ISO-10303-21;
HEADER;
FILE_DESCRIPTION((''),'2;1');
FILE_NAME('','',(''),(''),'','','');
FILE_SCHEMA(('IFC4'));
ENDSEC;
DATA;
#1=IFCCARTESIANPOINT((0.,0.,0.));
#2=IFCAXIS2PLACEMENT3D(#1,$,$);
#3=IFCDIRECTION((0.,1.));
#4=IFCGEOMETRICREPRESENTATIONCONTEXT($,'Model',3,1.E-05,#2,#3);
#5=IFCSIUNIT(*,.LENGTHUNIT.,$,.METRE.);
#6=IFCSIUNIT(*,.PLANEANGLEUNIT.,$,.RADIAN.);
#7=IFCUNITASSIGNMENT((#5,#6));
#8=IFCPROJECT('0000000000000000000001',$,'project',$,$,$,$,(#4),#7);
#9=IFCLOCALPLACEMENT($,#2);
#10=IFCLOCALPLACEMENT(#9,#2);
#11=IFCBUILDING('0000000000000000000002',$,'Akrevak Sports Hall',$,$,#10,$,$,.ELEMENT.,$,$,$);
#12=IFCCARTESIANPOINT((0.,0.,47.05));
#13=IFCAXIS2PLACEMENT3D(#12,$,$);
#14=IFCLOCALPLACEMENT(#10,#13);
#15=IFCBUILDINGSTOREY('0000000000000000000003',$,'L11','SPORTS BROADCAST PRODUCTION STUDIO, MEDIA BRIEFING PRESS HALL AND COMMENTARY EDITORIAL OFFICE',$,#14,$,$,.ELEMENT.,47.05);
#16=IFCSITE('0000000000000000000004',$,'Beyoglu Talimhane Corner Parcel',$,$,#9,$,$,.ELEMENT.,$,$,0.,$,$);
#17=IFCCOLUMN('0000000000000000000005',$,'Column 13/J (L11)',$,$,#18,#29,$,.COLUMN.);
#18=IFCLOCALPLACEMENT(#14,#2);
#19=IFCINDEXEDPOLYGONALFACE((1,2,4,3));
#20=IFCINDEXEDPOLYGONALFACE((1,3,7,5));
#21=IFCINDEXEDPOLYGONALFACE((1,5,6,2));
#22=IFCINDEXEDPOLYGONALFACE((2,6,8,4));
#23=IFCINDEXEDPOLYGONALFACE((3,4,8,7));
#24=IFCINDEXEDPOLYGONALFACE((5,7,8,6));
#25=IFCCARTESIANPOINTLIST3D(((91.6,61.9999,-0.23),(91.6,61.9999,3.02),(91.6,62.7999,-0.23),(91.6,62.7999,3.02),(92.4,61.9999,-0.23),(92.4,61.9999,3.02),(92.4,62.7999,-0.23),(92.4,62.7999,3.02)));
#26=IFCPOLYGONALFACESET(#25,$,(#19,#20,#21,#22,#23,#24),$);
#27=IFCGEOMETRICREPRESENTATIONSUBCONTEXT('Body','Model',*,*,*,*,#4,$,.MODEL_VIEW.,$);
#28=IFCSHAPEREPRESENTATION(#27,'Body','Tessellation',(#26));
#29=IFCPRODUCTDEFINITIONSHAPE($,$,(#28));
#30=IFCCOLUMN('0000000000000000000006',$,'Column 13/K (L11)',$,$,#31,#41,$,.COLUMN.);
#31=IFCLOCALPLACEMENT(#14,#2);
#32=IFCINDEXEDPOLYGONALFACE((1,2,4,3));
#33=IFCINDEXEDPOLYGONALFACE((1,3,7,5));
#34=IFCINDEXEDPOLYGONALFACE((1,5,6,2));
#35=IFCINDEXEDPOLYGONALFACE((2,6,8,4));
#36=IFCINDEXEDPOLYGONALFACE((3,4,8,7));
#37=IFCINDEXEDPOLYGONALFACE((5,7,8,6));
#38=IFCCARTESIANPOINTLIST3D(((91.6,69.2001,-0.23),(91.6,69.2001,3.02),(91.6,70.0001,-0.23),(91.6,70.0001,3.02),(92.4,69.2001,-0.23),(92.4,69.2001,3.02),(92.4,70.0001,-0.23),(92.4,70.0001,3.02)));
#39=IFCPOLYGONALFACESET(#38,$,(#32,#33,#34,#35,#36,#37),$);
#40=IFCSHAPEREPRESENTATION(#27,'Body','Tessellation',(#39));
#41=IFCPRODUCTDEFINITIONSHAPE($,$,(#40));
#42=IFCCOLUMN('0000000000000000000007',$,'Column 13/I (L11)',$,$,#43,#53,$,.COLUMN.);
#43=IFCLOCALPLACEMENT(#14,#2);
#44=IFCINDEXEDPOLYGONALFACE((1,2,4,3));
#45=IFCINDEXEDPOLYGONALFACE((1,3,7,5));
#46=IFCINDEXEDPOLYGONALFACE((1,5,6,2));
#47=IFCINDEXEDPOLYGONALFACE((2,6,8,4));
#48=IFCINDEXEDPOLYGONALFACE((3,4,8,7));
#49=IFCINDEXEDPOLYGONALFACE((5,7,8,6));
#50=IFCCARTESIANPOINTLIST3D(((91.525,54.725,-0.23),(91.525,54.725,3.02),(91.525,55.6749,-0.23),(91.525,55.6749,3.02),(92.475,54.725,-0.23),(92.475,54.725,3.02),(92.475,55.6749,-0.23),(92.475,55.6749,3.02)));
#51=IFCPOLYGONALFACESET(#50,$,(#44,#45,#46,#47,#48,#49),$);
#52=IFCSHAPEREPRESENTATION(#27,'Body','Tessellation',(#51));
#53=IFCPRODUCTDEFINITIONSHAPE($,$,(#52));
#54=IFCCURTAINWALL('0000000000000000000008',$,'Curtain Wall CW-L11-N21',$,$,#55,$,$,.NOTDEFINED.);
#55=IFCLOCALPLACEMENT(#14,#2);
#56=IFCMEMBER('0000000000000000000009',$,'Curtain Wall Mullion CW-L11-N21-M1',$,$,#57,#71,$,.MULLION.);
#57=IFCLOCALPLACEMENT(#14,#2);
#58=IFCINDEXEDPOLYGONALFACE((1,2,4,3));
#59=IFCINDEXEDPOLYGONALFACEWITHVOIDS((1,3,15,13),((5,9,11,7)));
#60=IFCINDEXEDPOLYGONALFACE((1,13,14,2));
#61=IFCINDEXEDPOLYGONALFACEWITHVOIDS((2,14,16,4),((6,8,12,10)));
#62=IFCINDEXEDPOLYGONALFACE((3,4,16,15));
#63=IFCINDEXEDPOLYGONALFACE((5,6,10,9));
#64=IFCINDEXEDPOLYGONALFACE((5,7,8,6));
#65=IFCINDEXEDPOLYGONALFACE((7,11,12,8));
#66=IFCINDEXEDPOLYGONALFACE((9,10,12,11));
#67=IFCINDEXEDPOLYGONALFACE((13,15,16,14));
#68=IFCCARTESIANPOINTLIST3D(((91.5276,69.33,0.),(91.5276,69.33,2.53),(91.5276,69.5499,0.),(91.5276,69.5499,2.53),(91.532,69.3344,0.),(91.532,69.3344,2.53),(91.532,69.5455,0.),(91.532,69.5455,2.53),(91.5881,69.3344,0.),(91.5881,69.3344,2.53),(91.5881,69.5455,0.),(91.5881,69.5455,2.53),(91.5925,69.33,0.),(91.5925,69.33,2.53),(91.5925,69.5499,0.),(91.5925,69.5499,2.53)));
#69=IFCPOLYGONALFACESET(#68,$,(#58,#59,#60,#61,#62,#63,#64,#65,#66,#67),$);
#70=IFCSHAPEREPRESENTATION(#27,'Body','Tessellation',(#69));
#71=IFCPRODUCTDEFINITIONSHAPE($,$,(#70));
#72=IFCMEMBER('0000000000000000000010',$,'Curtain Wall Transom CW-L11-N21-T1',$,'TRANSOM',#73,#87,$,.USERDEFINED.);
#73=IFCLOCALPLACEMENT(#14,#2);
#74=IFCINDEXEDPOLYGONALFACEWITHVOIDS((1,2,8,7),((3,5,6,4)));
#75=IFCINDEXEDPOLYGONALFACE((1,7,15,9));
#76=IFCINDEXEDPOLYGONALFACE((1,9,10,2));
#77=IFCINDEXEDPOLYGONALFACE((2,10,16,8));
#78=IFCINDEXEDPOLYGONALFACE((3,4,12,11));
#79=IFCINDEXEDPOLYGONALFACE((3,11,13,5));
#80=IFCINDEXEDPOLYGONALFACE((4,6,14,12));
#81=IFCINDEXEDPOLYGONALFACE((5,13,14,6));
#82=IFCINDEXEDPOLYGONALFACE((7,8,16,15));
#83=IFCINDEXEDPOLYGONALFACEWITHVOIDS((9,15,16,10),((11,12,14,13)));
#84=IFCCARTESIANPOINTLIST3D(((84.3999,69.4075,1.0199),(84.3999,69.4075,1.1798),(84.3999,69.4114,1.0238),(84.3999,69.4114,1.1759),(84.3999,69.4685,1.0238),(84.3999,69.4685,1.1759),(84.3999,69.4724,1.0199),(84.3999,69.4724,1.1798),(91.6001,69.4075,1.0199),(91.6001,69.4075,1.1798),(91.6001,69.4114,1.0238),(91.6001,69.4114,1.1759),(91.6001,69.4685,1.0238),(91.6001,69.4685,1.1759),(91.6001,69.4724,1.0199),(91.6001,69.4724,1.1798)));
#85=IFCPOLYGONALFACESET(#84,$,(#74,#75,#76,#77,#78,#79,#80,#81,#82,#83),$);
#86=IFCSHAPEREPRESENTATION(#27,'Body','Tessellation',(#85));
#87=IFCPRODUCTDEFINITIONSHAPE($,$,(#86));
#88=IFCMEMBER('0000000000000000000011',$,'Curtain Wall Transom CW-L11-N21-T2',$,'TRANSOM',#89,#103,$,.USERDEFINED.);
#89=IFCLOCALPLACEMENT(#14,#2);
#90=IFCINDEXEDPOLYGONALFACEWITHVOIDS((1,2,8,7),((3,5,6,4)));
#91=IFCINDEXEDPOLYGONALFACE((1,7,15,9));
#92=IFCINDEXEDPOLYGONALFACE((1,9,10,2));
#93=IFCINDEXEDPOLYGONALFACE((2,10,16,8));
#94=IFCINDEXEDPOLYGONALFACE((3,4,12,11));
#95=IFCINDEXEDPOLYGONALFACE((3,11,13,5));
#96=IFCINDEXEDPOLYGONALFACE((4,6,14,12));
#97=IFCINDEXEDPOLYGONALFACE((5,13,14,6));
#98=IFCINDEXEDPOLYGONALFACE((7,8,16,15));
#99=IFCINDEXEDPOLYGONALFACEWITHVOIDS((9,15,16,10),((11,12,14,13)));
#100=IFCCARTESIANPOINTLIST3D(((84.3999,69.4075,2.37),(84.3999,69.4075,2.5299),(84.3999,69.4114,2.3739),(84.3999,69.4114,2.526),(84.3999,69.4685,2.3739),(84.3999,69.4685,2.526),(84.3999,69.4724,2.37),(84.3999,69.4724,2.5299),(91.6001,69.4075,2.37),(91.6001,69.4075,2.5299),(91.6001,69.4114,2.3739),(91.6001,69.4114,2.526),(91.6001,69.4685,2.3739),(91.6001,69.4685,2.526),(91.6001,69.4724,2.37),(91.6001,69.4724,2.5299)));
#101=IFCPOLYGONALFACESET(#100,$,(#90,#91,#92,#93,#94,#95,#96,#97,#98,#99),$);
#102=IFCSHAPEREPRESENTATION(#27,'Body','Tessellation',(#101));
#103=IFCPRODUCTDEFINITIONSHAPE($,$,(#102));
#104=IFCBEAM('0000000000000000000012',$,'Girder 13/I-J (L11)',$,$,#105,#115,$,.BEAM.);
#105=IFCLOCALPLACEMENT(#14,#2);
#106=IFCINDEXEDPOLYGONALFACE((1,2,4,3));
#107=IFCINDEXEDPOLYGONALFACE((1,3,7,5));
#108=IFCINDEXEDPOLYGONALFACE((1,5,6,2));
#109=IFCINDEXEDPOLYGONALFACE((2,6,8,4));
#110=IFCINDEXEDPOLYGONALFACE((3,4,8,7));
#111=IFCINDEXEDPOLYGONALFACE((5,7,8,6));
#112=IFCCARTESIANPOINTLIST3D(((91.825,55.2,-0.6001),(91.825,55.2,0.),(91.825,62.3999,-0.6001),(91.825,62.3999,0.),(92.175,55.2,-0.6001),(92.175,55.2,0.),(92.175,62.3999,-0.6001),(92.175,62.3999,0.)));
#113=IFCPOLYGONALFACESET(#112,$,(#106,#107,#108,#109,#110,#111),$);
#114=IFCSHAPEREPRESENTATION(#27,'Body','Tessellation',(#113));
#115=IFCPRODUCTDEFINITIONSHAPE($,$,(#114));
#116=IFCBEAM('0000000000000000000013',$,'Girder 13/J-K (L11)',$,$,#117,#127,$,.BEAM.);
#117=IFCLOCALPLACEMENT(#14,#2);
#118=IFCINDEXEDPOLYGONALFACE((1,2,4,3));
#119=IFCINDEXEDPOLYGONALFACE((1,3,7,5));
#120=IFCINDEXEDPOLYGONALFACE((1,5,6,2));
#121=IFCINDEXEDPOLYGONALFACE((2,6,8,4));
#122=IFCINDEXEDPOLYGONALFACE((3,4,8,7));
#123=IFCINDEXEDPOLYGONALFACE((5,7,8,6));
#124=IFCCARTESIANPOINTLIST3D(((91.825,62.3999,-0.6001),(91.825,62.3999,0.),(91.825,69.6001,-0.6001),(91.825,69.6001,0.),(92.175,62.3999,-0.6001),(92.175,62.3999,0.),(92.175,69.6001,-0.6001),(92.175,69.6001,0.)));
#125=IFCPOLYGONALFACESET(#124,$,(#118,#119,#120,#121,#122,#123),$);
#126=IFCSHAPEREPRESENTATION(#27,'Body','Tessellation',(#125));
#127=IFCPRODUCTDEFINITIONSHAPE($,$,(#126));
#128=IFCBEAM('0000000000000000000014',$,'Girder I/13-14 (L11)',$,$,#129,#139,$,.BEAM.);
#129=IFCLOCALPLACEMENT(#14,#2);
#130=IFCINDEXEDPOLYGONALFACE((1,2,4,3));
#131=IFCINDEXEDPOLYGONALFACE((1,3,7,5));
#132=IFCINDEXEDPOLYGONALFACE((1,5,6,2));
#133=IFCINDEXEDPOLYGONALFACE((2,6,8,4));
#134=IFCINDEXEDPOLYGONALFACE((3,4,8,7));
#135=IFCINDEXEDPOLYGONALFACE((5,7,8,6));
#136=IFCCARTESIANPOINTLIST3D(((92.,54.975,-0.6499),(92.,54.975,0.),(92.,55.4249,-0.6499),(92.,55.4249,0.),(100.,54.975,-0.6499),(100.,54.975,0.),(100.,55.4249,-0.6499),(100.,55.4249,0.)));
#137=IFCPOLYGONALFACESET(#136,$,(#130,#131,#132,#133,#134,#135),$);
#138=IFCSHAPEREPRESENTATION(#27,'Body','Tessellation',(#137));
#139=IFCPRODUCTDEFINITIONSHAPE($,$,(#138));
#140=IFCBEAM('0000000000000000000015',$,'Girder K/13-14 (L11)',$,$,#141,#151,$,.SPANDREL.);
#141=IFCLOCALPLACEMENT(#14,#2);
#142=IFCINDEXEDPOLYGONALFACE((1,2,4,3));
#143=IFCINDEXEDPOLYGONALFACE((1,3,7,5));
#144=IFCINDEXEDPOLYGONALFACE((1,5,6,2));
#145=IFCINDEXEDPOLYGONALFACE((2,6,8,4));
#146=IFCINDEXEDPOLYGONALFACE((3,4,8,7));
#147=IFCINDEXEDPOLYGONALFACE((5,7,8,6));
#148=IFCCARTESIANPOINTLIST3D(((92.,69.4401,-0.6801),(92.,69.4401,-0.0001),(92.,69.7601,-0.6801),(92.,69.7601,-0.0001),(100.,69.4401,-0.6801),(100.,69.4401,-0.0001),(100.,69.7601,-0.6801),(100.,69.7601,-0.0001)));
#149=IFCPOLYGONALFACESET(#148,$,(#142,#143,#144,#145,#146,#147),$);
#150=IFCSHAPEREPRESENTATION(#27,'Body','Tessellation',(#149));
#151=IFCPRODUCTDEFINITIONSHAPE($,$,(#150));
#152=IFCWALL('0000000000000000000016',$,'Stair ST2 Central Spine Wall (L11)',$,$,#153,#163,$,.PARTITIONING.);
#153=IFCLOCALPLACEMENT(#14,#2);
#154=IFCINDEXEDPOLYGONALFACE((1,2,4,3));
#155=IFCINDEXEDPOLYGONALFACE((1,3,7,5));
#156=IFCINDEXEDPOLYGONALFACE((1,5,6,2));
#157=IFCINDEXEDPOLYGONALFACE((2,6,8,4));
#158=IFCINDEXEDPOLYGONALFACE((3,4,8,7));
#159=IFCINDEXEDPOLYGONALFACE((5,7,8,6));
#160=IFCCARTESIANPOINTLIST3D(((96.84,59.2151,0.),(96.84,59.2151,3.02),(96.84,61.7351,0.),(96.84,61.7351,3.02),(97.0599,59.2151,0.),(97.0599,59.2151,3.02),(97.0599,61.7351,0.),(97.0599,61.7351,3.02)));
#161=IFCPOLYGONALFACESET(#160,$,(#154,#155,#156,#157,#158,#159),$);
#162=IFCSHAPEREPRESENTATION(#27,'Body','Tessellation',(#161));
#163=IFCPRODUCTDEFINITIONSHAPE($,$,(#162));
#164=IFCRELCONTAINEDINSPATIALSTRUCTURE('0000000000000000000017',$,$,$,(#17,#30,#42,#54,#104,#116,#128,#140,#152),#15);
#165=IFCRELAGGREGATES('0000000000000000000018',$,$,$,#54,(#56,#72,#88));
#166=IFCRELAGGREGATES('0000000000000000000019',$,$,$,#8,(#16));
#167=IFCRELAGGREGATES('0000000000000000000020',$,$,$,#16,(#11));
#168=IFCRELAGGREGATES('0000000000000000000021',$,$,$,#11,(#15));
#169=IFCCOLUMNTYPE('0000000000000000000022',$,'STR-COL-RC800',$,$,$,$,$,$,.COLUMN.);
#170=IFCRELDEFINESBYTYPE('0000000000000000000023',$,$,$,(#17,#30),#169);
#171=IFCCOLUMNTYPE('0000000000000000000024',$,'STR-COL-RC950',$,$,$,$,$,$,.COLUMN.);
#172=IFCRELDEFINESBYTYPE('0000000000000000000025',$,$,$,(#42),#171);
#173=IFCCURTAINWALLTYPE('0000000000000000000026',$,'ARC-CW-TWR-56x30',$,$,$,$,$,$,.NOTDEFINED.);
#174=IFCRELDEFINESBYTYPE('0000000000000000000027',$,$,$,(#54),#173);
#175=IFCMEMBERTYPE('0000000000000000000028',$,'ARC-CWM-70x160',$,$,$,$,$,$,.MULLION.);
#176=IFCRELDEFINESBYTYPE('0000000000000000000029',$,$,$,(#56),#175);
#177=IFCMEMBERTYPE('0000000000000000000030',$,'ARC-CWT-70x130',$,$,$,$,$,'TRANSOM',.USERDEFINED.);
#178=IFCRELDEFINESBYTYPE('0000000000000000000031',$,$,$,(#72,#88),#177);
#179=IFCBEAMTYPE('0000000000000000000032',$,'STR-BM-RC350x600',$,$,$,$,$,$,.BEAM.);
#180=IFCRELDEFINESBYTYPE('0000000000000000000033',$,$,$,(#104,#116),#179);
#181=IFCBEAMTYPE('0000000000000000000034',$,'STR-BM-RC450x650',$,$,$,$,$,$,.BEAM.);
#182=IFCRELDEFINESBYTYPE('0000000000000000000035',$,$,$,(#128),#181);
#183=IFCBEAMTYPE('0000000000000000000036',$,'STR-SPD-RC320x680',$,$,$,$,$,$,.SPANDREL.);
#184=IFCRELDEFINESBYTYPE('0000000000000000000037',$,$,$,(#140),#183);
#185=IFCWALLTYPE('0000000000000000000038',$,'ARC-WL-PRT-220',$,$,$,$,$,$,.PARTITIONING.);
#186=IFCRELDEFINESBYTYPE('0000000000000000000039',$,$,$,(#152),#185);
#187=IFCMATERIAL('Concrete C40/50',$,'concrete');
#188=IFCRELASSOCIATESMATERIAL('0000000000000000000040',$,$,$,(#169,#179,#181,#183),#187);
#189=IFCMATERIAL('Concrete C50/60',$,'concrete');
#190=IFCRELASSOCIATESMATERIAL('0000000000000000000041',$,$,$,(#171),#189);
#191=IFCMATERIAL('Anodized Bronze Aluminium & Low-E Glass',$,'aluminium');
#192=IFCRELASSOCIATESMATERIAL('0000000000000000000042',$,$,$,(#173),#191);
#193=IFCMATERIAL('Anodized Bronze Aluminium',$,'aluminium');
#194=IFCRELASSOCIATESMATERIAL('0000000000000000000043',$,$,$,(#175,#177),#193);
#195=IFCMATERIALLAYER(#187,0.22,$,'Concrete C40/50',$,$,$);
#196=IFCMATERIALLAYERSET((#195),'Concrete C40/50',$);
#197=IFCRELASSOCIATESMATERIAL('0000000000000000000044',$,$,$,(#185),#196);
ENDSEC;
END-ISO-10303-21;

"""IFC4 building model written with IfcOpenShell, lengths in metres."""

from ifc_helpers import new_model, si_unit, direction, frame, frame_2d, origin, origin_2d, place, context, subcontext, project, spatial, rectangle, hollow_rectangle, extrude, material, layer, layer_set, material_profile, profile_set, type_object, element, aggregate, save


model = new_model("IFC4")

# Units and contexts
model_context = context("Model", 3, precision=1e-05, world=origin(), true_north=direction((0.0, 1.0)))
body_context = subcontext(model_context, "Body", "Model", "MODEL_VIEW")
ifc_project = project(units=[si_unit("LENGTHUNIT", "METRE"), si_unit("PLANEANGLEUNIT", "RADIAN")], contexts=[model_context])

# Site, building, storey
site_placement = place(None, origin())
site = spatial("IfcSite", under=ifc_project, at=site_placement, Name="Beyoglu Talimhane Corner Parcel", CompositionType="ELEMENT", RefElevation=0.0)
building_placement = place(site_placement, origin())
building = spatial("IfcBuilding", under=site, at=building_placement, Name="Akrevak Sports Hall", CompositionType="ELEMENT")
storey_placement = place(building_placement, frame((0.0, 0.0, 47.05)))
storey = spatial("IfcBuildingStorey", under=building, at=storey_placement, Name="L11", Description="SPORTS BROADCAST PRODUCTION STUDIO, MEDIA BRIEFING PRESS HALL AND COMMENTARY EDITORIAL OFFICE", CompositionType="ELEMENT", Elevation=47.05)

# Columns
ifc_material_1 = material(Name="Concrete C40/50", Category="concrete")
ifc_material_profile_1 = material_profile(ifc_material_1, rectangle(XDim=0.8, YDim=0.8, at=origin_2d()), Name="RC 800x800", Category="concrete")
ifc_profile_set_1 = profile_set([ifc_material_profile_1], Name="Concrete C40/50")
column_type_1 = type_object("IfcColumnType", Name="STR-COL-RC800", PredefinedType="COLUMN", material=ifc_profile_set_1)
for number, where, z_axis, x_axis, name in (
    (1, (92.0, 62.3999, -0.23), (0.0, 0.0, 1.0), (1.0, 0.0, 0.0), "Column 13/J (L11)"),
    (2, (92.0, 69.6001, -0.23), (0.0, 0.0, 1.0), (1.0, 0.0, 0.0), "Column 13/K (L11)"),
):
    element("IfcColumn", number, at=place(storey_placement, frame(where, z_axis=z_axis, x_axis=x_axis)), inside=storey, type_object=column_type_1, Name=name, PredefinedType="COLUMN", context=body_context, shape_type="SweptSolid", body=[
        extrude(rectangle(XDim=0.8, YDim=0.8, at=origin_2d()), origin(), (0.0, 0.0, 1.0), 3.25),
    ])
ifc_material_2 = material(Name="Concrete C50/60", Category="concrete")
ifc_material_profile_2 = material_profile(ifc_material_2, rectangle(XDim=0.95, YDim=0.95, at=origin_2d()), Name="RC 950x950", Category="concrete")
ifc_profile_set_2 = profile_set([ifc_material_profile_2], Name="Concrete C50/60")
column_type_2 = type_object("IfcColumnType", Name="STR-COL-RC950", PredefinedType="COLUMN", material=ifc_profile_set_2)
column_placement = place(storey_placement, frame((92.0, 55.2, -0.23), z_axis=(0.0, 0.0, 1.0), x_axis=(1.0, 0.0, 0.0)))
element("IfcColumn", 3, at=column_placement, inside=storey, type_object=column_type_2, Name="Column 13/I (L11)", PredefinedType="COLUMN", context=body_context, shape_type="SweptSolid", body=[
    extrude(rectangle(XDim=0.95, YDim=0.95, at=origin_2d()), origin(), (0.0, 0.0, 1.0), 3.25),
])

# Curtain wall, members
ifc_material_3 = material(Name="Anodized Bronze Aluminium & Low-E Glass", Category="aluminium")
curtain_wall_type = type_object("IfcCurtainWallType", Name="ARC-CW-TWR-56x30", PredefinedType="NOTDEFINED", material=ifc_material_3)
curtain_wall_placement = place(storey_placement, origin())
curtain_wall = element("IfcCurtainWall", 4, at=curtain_wall_placement, inside=storey, type_object=curtain_wall_type, Name="Curtain Wall CW-L11-N21", PredefinedType="NOTDEFINED")
ifc_material_4 = material(Name="Anodized Bronze Aluminium", Category="aluminium")
ifc_material_profile_3 = material_profile(ifc_material_4, hollow_rectangle(XDim=0.0649, YDim=0.22, WallThickness=0.0044, at=origin_2d()), Name="CWM 65x220", Category="aluminium")
ifc_profile_set_3 = profile_set([ifc_material_profile_3], Name="Anodized Bronze Aluminium")
member_type_1 = type_object("IfcMemberType", Name="ARC-CWM-70x160", PredefinedType="MULLION", material=ifc_profile_set_3)
member_1_placement = place(storey_placement, frame((91.5601, 69.4399, 0.0), z_axis=(0.0, 0.0, 1.0), x_axis=(-1.0, 0.0, 0.0)))
member_1 = element("IfcMember", 5, at=member_1_placement, type_object=member_type_1, Name="Curtain Wall Mullion CW-L11-N21-M1", PredefinedType="MULLION", context=body_context, shape_type="SweptSolid", body=[
    extrude(hollow_rectangle(XDim=0.0649, YDim=0.22, WallThickness=0.0044, at=origin_2d()), origin(), (0.0, 0.0, 1.0), 2.53),
])
ifc_material_profile_4 = material_profile(ifc_material_4, hollow_rectangle(XDim=0.0649, YDim=0.1599, WallThickness=0.0039, at=origin_2d()), Name="CWT 65x160", Category="aluminium")
ifc_profile_set_4 = profile_set([ifc_material_profile_4], Name="Anodized Bronze Aluminium")
member_type_2 = type_object("IfcMemberType", Name="ARC-CWT-70x130", ElementType="TRANSOM", PredefinedType="USERDEFINED", material=ifc_profile_set_4)
member_2_placement = place(storey_placement, frame((91.6001, 69.4399, 1.0999), z_axis=(-1.0, 0.0, 0.0), x_axis=(0.0, -1.0, 0.0)))
member_2 = element("IfcMember", 6, at=member_2_placement, type_object=member_type_2, Name="Curtain Wall Transom CW-L11-N21-T1", ObjectType="TRANSOM", PredefinedType="USERDEFINED", context=body_context, shape_type="SweptSolid", body=[
    extrude(hollow_rectangle(XDim=0.0649, YDim=0.1599, WallThickness=0.0039, at=origin_2d()), origin(), (0.0, 0.0, 1.0), 7.2002),
])
member_3_placement = place(storey_placement, frame((91.6001, 69.4399, 2.45), z_axis=(-1.0, 0.0, 0.0), x_axis=(0.0, -1.0, 0.0)))
member_3 = element("IfcMember", 7, at=member_3_placement, type_object=member_type_2, Name="Curtain Wall Transom CW-L11-N21-T2", ObjectType="TRANSOM", PredefinedType="USERDEFINED", context=body_context, shape_type="SweptSolid", body=[
    extrude(hollow_rectangle(XDim=0.0649, YDim=0.1599, WallThickness=0.0039, at=origin_2d()), origin(), (0.0, 0.0, 1.0), 7.2002),
])
aggregate(curtain_wall, [member_1, member_2, member_3])

# Beams
ifc_material_profile_5 = material_profile(ifc_material_1, rectangle(XDim=0.3501, YDim=0.6001, at=origin_2d()), Name="BM 350x600", Category="concrete")
ifc_profile_set_5 = profile_set([ifc_material_profile_5], Name="Concrete C40/50")
beam_type_1 = type_object("IfcBeamType", Name="STR-BM-RC350x600", PredefinedType="BEAM", material=ifc_profile_set_5)
beam_1_placement = place(storey_placement, frame((92.0, 55.2, -0.3), z_axis=(0.0, 1.0, 0.0), x_axis=(-1.0, 0.0, 0.0)))
element("IfcBeam", 8, at=beam_1_placement, inside=storey, type_object=beam_type_1, Name="Girder 13/I-J (L11)", PredefinedType="BEAM", context=body_context, shape_type="SweptSolid", body=[
    extrude(rectangle(XDim=0.3501, YDim=0.6001, at=origin_2d()), origin(), (0.0, 0.0, 1.0), 7.2),
])
beam_2_placement = place(storey_placement, frame((92.0, 62.3999, -0.3), z_axis=(0.0, 1.0, 0.0), x_axis=(-1.0, 0.0, 0.0)))
element("IfcBeam", 9, at=beam_2_placement, inside=storey, type_object=beam_type_1, Name="Girder 13/J-K (L11)", PredefinedType="BEAM", context=body_context, shape_type="SweptSolid", body=[
    extrude(rectangle(XDim=0.3501, YDim=0.6001, at=origin_2d()), origin(), (0.0, 0.0, 1.0), 7.2002),
])
ifc_material_profile_6 = material_profile(ifc_material_1, rectangle(XDim=0.45, YDim=0.6499, at=origin_2d()), Name="BM 450x650", Category="concrete")
ifc_profile_set_6 = profile_set([ifc_material_profile_6], Name="Concrete C40/50")
beam_type_2 = type_object("IfcBeamType", Name="STR-BM-RC450x650", PredefinedType="BEAM", material=ifc_profile_set_6)
beam_3_placement = place(storey_placement, frame((92.0, 55.2, -0.325), z_axis=(1.0, 0.0, 0.0), x_axis=(0.0, 1.0, 0.0)))
element("IfcBeam", 10, at=beam_3_placement, inside=storey, type_object=beam_type_2, Name="Girder I/13-14 (L11)", PredefinedType="BEAM", context=body_context, shape_type="SweptSolid", body=[
    extrude(rectangle(XDim=0.45, YDim=0.6499, at=origin_2d()), origin(), (0.0, 0.0, 1.0), 8.0),
])
ifc_material_profile_7 = material_profile(ifc_material_1, rectangle(XDim=0.3201, YDim=0.6799, at=origin_2d()), Name="SPD 320x680", Category="concrete")
ifc_profile_set_7 = profile_set([ifc_material_profile_7], Name="Concrete C40/50")
beam_type_3 = type_object("IfcBeamType", Name="STR-SPD-RC320x680", PredefinedType="SPANDREL", material=ifc_profile_set_7)
beam_4_placement = place(storey_placement, frame((92.0, 69.6001, -0.3401), z_axis=(1.0, 0.0, 0.0), x_axis=(0.0, 1.0, 0.0)))
element("IfcBeam", 11, at=beam_4_placement, inside=storey, type_object=beam_type_3, Name="Girder K/13-14 (L11)", PredefinedType="SPANDREL", context=body_context, shape_type="SweptSolid", body=[
    extrude(rectangle(XDim=0.3201, YDim=0.6799, at=origin_2d()), origin(), (0.0, 0.0, 1.0), 8.0),
])

# Wall
ifc_layer_1 = layer(ifc_material_1, 0.22, Name="Concrete C40/50")
ifc_layer_set_1 = layer_set([ifc_layer_1], Name="Concrete C40/50")
wall_type_1 = type_object("IfcWallType", Name="ARC-WL-PRT-220", PredefinedType="PARTITIONING", material=ifc_layer_set_1)
wall_1_placement = place(storey_placement, frame((96.95, 59.2151, 0.0), z_axis=(0.0, 0.0, 1.0), x_axis=(0.0, 1.0, 0.0)))
element("IfcWall", 12, at=wall_1_placement, inside=storey, type_object=wall_type_1, Name="Stair ST2 Central Spine Wall (L11)", PredefinedType="PARTITIONING", context=body_context, shape_type="SweptSolid", body=[
    extrude(rectangle(XDim=2.52, YDim=0.22, at=frame_2d((1.26, 0.0))), origin(), (0.0, 0.0, 1.0), 3.02),
])

save(model, "model.ifc")
